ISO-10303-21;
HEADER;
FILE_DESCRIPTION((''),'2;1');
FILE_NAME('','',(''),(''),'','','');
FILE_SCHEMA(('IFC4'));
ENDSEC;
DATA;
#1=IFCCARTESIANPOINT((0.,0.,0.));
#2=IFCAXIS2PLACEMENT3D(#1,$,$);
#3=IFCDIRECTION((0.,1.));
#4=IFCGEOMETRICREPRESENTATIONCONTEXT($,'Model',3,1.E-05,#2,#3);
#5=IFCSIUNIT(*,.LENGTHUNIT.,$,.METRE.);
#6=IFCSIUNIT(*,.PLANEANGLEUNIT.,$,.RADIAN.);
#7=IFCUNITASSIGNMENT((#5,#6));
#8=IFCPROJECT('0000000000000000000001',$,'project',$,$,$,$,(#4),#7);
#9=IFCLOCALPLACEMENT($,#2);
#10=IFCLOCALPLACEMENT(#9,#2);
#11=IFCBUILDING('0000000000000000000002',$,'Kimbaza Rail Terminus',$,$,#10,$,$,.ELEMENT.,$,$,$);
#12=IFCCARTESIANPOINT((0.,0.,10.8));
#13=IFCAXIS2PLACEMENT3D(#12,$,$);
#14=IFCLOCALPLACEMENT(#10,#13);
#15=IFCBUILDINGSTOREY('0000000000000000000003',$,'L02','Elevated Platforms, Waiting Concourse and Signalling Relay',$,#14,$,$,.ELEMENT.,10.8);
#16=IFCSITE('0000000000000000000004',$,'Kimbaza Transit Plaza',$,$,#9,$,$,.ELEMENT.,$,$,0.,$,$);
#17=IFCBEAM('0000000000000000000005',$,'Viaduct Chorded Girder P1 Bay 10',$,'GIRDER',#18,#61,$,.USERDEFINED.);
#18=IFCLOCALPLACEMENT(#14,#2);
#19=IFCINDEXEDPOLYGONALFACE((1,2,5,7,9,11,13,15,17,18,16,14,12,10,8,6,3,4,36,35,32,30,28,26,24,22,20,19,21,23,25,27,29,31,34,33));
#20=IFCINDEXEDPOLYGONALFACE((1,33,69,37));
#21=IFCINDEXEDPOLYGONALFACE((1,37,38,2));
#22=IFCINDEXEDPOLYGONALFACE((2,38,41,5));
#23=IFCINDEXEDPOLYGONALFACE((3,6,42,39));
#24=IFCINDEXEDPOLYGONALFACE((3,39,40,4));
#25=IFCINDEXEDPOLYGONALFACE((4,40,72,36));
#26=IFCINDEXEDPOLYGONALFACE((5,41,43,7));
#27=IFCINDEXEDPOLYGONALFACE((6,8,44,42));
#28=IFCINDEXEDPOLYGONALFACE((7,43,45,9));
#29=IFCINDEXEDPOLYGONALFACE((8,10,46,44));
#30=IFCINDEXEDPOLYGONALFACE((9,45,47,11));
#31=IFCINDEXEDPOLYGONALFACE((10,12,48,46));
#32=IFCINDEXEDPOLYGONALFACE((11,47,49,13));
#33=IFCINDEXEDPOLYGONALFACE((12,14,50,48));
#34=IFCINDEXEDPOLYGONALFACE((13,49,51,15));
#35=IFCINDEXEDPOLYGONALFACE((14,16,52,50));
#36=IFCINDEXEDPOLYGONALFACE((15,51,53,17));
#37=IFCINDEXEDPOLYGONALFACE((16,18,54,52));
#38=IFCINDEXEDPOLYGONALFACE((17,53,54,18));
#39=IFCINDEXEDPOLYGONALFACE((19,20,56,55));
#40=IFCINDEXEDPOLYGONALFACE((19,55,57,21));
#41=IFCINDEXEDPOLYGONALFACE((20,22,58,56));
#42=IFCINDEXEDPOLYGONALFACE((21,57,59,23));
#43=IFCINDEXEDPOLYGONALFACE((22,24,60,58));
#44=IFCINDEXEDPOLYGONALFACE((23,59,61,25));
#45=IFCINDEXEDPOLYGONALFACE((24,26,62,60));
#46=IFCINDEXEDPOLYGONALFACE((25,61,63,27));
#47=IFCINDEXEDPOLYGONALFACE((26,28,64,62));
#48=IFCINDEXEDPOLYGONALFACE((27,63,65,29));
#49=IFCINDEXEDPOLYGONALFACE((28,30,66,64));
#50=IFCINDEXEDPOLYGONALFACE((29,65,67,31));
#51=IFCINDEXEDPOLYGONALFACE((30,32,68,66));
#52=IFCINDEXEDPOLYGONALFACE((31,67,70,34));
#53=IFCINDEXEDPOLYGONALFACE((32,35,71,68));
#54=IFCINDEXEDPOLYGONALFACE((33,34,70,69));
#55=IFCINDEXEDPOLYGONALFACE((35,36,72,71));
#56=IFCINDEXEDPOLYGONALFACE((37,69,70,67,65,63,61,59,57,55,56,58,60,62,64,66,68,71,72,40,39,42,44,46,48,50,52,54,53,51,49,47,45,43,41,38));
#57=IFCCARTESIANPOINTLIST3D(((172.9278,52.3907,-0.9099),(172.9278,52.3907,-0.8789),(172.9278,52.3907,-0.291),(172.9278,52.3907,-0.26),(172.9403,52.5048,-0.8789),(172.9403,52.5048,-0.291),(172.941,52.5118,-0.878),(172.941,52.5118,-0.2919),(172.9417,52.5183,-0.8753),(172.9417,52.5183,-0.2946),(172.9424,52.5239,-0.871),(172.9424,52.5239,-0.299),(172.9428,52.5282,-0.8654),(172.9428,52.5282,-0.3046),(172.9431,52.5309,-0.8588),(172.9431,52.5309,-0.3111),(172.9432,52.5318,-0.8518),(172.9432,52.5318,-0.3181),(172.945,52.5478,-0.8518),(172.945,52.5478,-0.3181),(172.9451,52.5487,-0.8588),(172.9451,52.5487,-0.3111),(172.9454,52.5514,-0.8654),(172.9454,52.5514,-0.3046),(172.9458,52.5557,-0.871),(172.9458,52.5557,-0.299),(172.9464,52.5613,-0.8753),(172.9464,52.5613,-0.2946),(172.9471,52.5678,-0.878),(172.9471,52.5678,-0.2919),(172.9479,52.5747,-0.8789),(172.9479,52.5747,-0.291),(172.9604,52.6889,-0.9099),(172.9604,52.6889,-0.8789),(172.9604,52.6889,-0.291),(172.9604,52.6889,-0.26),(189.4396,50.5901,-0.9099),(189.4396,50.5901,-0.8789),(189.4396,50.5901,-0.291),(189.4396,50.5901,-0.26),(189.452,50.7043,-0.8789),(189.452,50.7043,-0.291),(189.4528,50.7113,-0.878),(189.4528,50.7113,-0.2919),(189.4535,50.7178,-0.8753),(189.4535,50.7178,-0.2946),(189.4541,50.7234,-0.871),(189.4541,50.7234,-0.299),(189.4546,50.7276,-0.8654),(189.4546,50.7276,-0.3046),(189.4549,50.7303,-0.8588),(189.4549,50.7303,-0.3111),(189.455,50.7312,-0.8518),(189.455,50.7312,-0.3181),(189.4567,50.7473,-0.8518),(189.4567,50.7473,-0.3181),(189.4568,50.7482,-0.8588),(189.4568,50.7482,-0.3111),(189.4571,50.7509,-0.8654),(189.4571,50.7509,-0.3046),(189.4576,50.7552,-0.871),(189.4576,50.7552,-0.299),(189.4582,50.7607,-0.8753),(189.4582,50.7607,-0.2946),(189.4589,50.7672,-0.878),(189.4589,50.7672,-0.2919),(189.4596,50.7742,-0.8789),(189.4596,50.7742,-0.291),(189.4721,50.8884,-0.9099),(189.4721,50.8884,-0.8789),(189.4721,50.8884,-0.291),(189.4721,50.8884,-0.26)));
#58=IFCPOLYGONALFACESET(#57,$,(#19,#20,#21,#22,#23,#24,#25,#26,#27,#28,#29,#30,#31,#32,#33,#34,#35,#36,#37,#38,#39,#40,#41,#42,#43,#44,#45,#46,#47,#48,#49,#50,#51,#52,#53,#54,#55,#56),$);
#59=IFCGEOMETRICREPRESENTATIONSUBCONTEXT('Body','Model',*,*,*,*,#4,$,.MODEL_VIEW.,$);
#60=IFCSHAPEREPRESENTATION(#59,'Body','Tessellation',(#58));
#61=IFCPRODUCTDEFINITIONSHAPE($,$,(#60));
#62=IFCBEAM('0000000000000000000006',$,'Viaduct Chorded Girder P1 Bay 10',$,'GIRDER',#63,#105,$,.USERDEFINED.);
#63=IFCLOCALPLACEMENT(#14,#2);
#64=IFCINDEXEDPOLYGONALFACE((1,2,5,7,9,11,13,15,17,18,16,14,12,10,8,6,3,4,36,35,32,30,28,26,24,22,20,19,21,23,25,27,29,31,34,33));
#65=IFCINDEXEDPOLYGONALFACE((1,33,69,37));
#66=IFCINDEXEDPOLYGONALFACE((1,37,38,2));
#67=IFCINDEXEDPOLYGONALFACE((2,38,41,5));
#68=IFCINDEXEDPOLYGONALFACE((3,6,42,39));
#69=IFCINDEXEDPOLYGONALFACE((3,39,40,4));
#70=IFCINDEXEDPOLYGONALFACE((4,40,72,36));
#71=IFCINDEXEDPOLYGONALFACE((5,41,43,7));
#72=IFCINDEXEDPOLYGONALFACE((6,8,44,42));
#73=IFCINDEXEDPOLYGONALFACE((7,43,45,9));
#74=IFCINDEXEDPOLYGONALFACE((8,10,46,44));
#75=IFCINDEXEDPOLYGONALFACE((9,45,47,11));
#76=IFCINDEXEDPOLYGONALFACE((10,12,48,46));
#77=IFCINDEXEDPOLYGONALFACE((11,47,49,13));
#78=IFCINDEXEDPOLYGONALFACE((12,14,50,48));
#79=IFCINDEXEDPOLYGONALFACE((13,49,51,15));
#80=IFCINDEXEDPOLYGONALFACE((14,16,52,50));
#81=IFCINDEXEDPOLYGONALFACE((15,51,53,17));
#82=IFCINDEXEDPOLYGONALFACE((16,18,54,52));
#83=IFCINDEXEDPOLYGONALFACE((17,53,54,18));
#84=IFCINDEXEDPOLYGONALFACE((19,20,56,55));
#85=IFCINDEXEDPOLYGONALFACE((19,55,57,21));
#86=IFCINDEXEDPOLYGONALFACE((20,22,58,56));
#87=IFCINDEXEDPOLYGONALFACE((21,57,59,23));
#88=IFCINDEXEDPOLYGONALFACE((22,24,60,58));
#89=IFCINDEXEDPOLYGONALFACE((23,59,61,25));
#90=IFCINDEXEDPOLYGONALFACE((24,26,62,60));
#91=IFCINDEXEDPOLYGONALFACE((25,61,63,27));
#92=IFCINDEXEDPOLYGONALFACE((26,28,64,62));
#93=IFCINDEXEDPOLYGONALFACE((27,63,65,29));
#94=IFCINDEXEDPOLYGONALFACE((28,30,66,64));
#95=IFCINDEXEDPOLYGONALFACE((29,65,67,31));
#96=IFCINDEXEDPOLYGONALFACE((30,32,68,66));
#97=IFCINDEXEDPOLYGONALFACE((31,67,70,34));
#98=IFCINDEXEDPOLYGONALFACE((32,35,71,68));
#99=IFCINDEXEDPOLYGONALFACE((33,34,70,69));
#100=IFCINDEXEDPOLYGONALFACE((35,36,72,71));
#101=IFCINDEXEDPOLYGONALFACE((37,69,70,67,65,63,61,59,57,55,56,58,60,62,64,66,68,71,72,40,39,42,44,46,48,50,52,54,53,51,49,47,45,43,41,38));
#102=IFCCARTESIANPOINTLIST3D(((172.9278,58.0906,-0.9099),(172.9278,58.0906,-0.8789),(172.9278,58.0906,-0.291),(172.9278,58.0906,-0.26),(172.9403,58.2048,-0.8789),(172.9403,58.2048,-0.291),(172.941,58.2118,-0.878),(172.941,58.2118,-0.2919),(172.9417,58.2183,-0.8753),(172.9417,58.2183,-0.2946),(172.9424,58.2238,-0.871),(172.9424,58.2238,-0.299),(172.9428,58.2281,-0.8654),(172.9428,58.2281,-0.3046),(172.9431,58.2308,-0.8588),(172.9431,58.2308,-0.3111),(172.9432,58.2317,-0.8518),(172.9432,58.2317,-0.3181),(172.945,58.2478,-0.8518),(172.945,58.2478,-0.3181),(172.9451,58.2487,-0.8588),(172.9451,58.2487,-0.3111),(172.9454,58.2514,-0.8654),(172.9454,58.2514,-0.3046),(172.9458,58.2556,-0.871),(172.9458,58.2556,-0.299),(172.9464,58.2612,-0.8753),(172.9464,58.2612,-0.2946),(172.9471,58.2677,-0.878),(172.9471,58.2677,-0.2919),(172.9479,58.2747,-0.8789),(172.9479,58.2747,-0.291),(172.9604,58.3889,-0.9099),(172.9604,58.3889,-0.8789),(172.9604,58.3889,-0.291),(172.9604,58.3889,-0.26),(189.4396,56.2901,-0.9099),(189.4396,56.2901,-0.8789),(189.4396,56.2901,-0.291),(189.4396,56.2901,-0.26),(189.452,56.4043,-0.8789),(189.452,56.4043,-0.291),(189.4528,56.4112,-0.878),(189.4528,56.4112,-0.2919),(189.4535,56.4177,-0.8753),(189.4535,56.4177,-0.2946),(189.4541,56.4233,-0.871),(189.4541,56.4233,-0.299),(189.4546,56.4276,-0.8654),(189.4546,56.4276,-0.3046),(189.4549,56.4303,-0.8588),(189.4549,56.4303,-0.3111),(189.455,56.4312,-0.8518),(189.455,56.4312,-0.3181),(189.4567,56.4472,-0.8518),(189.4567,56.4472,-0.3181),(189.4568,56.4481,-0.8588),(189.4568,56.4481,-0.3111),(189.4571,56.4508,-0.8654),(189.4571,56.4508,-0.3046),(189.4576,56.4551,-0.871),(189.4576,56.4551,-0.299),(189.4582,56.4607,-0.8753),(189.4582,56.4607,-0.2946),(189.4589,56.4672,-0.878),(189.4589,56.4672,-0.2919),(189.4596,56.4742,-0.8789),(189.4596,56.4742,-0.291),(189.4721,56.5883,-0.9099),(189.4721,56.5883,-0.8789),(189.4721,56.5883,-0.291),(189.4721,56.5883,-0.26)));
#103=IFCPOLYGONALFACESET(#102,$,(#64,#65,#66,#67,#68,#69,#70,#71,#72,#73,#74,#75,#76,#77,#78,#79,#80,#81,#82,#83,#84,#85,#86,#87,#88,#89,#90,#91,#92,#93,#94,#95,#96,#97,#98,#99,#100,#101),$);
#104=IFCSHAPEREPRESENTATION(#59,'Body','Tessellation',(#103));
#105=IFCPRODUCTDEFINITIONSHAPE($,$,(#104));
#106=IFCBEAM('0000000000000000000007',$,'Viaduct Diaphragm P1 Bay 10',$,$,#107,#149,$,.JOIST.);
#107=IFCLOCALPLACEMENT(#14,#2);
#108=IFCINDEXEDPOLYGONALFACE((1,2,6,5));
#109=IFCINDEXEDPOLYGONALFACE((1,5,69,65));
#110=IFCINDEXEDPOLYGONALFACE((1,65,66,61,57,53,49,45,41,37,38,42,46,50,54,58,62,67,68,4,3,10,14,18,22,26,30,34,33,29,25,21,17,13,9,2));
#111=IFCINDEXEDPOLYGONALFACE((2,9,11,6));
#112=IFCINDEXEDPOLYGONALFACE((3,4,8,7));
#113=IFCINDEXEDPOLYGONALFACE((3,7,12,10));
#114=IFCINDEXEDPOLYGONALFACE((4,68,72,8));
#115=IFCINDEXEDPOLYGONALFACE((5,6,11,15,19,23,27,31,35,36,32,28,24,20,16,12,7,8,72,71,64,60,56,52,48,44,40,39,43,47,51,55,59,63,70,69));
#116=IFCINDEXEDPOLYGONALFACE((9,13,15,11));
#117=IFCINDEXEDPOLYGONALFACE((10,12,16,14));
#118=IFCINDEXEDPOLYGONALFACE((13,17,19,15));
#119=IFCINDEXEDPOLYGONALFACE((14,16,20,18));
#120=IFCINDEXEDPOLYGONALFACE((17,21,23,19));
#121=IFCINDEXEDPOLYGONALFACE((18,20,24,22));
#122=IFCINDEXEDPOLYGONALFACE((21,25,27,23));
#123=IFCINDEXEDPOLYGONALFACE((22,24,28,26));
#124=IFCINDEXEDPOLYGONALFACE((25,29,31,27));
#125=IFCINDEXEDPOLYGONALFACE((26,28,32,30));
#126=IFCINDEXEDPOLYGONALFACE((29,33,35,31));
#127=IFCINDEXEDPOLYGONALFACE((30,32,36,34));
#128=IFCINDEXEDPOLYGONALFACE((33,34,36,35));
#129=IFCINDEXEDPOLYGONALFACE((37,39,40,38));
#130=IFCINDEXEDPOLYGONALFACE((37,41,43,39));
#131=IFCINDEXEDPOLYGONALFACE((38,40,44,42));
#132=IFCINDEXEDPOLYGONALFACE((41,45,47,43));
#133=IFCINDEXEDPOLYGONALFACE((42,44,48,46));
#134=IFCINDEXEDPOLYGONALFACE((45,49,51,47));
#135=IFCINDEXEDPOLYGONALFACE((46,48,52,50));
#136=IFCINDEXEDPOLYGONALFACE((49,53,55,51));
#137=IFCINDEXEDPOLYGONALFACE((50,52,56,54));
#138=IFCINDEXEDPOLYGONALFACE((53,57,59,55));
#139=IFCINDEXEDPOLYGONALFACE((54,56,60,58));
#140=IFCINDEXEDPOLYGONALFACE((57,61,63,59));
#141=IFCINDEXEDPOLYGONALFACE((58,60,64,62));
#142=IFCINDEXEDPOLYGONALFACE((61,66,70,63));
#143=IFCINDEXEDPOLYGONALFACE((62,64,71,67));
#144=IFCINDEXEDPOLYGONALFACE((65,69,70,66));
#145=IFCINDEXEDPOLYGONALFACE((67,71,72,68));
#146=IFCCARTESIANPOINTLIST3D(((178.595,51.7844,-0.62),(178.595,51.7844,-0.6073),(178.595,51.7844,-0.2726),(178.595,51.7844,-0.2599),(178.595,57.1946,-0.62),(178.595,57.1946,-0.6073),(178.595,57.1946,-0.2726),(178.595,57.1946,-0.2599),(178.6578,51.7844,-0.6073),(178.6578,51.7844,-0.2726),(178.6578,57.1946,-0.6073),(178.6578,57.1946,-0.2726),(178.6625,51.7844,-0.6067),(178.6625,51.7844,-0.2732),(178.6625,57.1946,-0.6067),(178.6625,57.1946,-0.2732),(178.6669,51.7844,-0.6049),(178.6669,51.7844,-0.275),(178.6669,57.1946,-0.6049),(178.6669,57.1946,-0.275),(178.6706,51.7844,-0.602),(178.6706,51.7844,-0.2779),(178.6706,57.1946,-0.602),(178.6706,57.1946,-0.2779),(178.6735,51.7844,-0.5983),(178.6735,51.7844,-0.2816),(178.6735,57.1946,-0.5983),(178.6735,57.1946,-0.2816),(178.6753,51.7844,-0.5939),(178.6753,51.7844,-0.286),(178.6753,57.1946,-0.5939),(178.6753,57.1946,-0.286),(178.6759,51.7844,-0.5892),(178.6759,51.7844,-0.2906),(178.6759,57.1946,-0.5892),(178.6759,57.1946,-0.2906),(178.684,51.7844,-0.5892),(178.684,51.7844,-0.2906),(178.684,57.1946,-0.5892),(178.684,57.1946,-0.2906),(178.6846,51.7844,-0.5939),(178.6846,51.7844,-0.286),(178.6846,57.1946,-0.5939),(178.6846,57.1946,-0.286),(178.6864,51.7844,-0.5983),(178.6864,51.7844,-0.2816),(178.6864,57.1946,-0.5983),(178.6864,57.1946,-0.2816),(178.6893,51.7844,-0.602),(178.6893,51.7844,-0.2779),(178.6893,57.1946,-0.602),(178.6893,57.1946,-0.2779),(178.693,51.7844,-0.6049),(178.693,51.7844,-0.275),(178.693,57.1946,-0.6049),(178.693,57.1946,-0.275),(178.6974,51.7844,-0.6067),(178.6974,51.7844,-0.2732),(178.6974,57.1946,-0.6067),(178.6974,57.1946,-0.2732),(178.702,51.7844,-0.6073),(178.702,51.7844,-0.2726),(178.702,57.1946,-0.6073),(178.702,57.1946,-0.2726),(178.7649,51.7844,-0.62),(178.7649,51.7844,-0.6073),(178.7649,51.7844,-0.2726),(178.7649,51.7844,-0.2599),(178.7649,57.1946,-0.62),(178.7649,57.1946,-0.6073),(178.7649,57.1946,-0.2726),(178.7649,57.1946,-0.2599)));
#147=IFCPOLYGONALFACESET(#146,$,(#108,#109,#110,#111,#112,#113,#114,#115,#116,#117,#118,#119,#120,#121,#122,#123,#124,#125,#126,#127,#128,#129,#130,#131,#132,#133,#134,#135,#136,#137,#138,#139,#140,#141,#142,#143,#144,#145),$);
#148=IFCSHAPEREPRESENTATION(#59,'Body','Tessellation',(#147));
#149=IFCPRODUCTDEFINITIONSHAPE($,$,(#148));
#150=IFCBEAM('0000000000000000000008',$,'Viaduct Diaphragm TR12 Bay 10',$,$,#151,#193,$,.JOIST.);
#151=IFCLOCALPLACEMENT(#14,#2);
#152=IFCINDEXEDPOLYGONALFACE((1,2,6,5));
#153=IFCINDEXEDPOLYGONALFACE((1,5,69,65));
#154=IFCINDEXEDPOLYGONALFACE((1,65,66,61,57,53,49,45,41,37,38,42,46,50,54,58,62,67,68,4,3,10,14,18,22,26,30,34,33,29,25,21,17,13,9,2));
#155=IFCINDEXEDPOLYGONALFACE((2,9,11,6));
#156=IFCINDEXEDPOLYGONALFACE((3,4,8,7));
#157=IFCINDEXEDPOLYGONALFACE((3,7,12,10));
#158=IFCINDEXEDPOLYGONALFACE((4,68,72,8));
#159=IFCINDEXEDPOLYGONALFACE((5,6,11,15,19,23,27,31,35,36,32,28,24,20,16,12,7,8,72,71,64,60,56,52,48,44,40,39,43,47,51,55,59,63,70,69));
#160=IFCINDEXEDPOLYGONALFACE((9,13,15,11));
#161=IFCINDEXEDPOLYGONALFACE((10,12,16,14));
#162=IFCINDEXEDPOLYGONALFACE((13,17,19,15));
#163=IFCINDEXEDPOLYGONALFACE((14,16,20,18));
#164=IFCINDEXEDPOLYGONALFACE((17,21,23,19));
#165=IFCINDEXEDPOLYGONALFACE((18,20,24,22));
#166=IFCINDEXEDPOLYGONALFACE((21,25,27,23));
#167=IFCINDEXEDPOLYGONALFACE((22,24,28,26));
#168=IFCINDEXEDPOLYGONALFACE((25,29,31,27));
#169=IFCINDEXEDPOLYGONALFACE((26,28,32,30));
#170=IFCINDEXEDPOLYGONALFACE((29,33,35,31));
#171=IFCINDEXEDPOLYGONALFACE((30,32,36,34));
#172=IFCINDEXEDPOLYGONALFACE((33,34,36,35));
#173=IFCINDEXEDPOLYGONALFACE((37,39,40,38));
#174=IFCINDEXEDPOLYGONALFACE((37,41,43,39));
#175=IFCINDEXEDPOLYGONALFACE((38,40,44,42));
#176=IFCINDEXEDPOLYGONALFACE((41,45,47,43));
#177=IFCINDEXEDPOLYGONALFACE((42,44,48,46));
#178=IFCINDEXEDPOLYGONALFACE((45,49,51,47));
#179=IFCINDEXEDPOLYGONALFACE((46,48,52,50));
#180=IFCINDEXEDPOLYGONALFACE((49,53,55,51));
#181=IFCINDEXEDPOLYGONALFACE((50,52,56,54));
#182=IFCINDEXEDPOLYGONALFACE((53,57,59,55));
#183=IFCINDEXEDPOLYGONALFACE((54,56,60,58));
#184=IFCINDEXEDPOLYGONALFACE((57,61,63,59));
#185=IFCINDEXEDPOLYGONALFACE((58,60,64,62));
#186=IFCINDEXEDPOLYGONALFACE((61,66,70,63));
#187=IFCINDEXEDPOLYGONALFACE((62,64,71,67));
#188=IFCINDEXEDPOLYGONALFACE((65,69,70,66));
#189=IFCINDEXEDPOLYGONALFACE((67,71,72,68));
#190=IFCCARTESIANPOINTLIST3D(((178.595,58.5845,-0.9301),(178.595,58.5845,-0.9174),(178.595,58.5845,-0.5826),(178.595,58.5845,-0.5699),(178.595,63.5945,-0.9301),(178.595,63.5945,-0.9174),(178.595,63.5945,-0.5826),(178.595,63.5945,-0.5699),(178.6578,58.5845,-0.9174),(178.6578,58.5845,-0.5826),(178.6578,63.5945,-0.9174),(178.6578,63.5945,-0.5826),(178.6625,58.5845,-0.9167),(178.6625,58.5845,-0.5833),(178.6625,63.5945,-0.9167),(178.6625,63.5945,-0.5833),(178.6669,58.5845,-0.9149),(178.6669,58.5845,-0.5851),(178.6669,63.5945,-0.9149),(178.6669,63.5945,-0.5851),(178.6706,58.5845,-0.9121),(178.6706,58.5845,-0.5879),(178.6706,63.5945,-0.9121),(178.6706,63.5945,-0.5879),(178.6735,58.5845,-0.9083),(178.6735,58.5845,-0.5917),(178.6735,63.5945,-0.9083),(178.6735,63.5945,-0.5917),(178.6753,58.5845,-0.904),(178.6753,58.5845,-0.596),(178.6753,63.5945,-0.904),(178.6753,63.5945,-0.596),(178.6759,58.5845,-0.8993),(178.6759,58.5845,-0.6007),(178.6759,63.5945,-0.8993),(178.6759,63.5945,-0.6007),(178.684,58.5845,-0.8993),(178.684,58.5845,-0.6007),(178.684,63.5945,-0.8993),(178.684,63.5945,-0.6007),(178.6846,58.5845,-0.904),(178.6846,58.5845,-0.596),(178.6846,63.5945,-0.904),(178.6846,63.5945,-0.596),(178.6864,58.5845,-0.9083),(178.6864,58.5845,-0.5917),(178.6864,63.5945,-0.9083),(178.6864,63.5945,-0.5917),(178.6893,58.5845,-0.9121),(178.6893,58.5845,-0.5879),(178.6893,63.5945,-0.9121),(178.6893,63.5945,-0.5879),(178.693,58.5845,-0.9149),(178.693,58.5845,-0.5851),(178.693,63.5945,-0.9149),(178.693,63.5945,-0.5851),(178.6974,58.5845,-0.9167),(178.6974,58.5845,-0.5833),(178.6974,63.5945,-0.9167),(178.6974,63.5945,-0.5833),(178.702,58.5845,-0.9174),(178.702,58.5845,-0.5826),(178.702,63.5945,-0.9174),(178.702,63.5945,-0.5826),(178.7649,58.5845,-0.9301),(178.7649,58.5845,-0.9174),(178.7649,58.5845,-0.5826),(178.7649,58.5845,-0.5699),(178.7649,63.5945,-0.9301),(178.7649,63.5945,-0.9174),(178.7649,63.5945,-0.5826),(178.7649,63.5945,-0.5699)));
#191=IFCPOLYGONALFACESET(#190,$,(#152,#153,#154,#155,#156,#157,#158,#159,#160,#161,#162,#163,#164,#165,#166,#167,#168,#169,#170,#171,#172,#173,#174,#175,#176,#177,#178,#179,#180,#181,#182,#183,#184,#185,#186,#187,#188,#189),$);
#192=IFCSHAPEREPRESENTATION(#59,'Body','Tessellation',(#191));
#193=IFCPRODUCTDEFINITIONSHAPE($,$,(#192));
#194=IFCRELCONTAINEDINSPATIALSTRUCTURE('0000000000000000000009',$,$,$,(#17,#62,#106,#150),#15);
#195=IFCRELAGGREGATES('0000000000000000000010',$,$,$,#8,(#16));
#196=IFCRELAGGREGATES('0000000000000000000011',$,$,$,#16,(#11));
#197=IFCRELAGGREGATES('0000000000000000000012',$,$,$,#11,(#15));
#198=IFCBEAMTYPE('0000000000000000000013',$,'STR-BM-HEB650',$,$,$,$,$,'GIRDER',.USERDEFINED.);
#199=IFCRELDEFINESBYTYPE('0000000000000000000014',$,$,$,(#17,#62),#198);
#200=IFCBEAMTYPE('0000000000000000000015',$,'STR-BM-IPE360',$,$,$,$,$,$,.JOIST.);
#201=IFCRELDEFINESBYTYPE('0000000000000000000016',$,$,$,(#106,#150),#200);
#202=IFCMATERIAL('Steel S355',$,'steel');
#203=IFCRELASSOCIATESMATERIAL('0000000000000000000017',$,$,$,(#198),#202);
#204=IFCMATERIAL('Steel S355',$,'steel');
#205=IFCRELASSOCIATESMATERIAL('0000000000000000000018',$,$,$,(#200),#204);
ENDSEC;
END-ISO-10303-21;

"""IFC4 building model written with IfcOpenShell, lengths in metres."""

from ifc_helpers import new_model, si_unit, direction, frame, origin, origin_2d, place, context, subcontext, project, spatial, i_section, extrude, material, material_profile, profile_set, type_object, element, save


model = new_model("IFC4")

# Units and contexts
model_context = context("Model", 3, precision=1e-05, world=origin(), true_north=direction((0.0, 1.0)))
body_context = subcontext(model_context, "Body", "Model", "MODEL_VIEW")
ifc_project = project(units=[si_unit("LENGTHUNIT", "METRE"), si_unit("PLANEANGLEUNIT", "RADIAN")], contexts=[model_context])

# Site, building, storey
site_placement = place(None, origin())
site = spatial("IfcSite", under=ifc_project, at=site_placement, Name="Kimbaza Transit Plaza", CompositionType="ELEMENT", RefElevation=0.0)
building_placement = place(site_placement, origin())
building = spatial("IfcBuilding", under=site, at=building_placement, Name="Kimbaza Rail Terminus", CompositionType="ELEMENT")
storey_placement = place(building_placement, frame((0.0, 0.0, 10.8)))
storey = spatial("IfcBuildingStorey", under=building, at=storey_placement, Name="L02", Description="Elevated Platforms, Waiting Concourse and Signalling Relay", CompositionType="ELEMENT", Elevation=10.8)

# Beams
ifc_material_1 = material(Name="Steel S355", Category="steel")
ifc_material_profile_1 = material_profile(ifc_material_1, i_section(OverallWidth=0.3, OverallDepth=0.6499, WebThickness=0.0161, FlangeThickness=0.031, FilletRadius=0.0271, at=origin_2d()), Name="HEB 650")
ifc_profile_set_1 = profile_set([ifc_material_profile_1], Name="Steel S355")
beam_type_1 = type_object("IfcBeamType", Name="STR-BM-HEB650", ElementType="GIRDER", PredefinedType="USERDEFINED", material=ifc_profile_set_1)
for number, where, z_axis, x_axis, name in (
    (1, (172.9441, 52.5398, -0.585), (0.994107, -0.108403, 0.0), (0.108403, 0.994107, 0.0), "Viaduct Chorded Girder P1 Bay 10"),
    (2, (172.9441, 58.2397, -0.585), (0.994107, -0.108403, 0.0), (0.108403, 0.994107, 0.0), "Viaduct Chorded Girder P1 Bay 10"),
):
    element("IfcBeam", number, at=place(storey_placement, frame(where, z_axis=z_axis, x_axis=x_axis)), inside=storey, type_object=beam_type_1, Name=name, ObjectType="GIRDER", PredefinedType="USERDEFINED", context=body_context, shape_type="SweptSolid", body=[
        extrude(i_section(OverallWidth=0.3, OverallDepth=0.6499, WebThickness=0.0161, FlangeThickness=0.031, FilletRadius=0.0271, at=origin_2d()), origin(), (0.0, 0.0, 1.0), 16.6096),
    ])
ifc_material_2 = material(Name="Steel S355", Category="steel")
ifc_material_profile_2 = material_profile(ifc_material_2, i_section(OverallWidth=0.1699, OverallDepth=0.3601, WebThickness=0.0081, FlangeThickness=0.0127, FilletRadius=0.0181, at=origin_2d()), Name="IPE 360")
ifc_profile_set_2 = profile_set([ifc_material_profile_2], Name="Steel S355")
beam_type_2 = type_object("IfcBeamType", Name="STR-BM-IPE360", PredefinedType="JOIST", material=ifc_profile_set_2)
beam_1_placement = place(storey_placement, frame((178.6799, 51.7844, -0.4399), z_axis=(0.0, 1.0, 0.0), x_axis=(-1.0, 0.0, 0.0)))
element("IfcBeam", 3, at=beam_1_placement, inside=storey, type_object=beam_type_2, Name="Viaduct Diaphragm P1 Bay 10", PredefinedType="JOIST", context=body_context, shape_type="SweptSolid", body=[
    extrude(i_section(OverallWidth=0.1699, OverallDepth=0.3601, WebThickness=0.0081, FlangeThickness=0.0127, FilletRadius=0.0181, at=origin_2d()), origin(), (0.0, 0.0, 1.0), 5.4102),
])
beam_2_placement = place(storey_placement, frame((178.6799, 58.5845, -0.75), z_axis=(0.0, 1.0, 0.0), x_axis=(-1.0, 0.0, 0.0)))
element("IfcBeam", 4, at=beam_2_placement, inside=storey, type_object=beam_type_2, Name="Viaduct Diaphragm TR12 Bay 10", PredefinedType="JOIST", context=body_context, shape_type="SweptSolid", body=[
    extrude(i_section(OverallWidth=0.1699, OverallDepth=0.3601, WebThickness=0.0081, FlangeThickness=0.0127, FilletRadius=0.0181, at=origin_2d()), origin(), (0.0, 0.0, 1.0), 5.01),
])

save(model, "model.ifc")
